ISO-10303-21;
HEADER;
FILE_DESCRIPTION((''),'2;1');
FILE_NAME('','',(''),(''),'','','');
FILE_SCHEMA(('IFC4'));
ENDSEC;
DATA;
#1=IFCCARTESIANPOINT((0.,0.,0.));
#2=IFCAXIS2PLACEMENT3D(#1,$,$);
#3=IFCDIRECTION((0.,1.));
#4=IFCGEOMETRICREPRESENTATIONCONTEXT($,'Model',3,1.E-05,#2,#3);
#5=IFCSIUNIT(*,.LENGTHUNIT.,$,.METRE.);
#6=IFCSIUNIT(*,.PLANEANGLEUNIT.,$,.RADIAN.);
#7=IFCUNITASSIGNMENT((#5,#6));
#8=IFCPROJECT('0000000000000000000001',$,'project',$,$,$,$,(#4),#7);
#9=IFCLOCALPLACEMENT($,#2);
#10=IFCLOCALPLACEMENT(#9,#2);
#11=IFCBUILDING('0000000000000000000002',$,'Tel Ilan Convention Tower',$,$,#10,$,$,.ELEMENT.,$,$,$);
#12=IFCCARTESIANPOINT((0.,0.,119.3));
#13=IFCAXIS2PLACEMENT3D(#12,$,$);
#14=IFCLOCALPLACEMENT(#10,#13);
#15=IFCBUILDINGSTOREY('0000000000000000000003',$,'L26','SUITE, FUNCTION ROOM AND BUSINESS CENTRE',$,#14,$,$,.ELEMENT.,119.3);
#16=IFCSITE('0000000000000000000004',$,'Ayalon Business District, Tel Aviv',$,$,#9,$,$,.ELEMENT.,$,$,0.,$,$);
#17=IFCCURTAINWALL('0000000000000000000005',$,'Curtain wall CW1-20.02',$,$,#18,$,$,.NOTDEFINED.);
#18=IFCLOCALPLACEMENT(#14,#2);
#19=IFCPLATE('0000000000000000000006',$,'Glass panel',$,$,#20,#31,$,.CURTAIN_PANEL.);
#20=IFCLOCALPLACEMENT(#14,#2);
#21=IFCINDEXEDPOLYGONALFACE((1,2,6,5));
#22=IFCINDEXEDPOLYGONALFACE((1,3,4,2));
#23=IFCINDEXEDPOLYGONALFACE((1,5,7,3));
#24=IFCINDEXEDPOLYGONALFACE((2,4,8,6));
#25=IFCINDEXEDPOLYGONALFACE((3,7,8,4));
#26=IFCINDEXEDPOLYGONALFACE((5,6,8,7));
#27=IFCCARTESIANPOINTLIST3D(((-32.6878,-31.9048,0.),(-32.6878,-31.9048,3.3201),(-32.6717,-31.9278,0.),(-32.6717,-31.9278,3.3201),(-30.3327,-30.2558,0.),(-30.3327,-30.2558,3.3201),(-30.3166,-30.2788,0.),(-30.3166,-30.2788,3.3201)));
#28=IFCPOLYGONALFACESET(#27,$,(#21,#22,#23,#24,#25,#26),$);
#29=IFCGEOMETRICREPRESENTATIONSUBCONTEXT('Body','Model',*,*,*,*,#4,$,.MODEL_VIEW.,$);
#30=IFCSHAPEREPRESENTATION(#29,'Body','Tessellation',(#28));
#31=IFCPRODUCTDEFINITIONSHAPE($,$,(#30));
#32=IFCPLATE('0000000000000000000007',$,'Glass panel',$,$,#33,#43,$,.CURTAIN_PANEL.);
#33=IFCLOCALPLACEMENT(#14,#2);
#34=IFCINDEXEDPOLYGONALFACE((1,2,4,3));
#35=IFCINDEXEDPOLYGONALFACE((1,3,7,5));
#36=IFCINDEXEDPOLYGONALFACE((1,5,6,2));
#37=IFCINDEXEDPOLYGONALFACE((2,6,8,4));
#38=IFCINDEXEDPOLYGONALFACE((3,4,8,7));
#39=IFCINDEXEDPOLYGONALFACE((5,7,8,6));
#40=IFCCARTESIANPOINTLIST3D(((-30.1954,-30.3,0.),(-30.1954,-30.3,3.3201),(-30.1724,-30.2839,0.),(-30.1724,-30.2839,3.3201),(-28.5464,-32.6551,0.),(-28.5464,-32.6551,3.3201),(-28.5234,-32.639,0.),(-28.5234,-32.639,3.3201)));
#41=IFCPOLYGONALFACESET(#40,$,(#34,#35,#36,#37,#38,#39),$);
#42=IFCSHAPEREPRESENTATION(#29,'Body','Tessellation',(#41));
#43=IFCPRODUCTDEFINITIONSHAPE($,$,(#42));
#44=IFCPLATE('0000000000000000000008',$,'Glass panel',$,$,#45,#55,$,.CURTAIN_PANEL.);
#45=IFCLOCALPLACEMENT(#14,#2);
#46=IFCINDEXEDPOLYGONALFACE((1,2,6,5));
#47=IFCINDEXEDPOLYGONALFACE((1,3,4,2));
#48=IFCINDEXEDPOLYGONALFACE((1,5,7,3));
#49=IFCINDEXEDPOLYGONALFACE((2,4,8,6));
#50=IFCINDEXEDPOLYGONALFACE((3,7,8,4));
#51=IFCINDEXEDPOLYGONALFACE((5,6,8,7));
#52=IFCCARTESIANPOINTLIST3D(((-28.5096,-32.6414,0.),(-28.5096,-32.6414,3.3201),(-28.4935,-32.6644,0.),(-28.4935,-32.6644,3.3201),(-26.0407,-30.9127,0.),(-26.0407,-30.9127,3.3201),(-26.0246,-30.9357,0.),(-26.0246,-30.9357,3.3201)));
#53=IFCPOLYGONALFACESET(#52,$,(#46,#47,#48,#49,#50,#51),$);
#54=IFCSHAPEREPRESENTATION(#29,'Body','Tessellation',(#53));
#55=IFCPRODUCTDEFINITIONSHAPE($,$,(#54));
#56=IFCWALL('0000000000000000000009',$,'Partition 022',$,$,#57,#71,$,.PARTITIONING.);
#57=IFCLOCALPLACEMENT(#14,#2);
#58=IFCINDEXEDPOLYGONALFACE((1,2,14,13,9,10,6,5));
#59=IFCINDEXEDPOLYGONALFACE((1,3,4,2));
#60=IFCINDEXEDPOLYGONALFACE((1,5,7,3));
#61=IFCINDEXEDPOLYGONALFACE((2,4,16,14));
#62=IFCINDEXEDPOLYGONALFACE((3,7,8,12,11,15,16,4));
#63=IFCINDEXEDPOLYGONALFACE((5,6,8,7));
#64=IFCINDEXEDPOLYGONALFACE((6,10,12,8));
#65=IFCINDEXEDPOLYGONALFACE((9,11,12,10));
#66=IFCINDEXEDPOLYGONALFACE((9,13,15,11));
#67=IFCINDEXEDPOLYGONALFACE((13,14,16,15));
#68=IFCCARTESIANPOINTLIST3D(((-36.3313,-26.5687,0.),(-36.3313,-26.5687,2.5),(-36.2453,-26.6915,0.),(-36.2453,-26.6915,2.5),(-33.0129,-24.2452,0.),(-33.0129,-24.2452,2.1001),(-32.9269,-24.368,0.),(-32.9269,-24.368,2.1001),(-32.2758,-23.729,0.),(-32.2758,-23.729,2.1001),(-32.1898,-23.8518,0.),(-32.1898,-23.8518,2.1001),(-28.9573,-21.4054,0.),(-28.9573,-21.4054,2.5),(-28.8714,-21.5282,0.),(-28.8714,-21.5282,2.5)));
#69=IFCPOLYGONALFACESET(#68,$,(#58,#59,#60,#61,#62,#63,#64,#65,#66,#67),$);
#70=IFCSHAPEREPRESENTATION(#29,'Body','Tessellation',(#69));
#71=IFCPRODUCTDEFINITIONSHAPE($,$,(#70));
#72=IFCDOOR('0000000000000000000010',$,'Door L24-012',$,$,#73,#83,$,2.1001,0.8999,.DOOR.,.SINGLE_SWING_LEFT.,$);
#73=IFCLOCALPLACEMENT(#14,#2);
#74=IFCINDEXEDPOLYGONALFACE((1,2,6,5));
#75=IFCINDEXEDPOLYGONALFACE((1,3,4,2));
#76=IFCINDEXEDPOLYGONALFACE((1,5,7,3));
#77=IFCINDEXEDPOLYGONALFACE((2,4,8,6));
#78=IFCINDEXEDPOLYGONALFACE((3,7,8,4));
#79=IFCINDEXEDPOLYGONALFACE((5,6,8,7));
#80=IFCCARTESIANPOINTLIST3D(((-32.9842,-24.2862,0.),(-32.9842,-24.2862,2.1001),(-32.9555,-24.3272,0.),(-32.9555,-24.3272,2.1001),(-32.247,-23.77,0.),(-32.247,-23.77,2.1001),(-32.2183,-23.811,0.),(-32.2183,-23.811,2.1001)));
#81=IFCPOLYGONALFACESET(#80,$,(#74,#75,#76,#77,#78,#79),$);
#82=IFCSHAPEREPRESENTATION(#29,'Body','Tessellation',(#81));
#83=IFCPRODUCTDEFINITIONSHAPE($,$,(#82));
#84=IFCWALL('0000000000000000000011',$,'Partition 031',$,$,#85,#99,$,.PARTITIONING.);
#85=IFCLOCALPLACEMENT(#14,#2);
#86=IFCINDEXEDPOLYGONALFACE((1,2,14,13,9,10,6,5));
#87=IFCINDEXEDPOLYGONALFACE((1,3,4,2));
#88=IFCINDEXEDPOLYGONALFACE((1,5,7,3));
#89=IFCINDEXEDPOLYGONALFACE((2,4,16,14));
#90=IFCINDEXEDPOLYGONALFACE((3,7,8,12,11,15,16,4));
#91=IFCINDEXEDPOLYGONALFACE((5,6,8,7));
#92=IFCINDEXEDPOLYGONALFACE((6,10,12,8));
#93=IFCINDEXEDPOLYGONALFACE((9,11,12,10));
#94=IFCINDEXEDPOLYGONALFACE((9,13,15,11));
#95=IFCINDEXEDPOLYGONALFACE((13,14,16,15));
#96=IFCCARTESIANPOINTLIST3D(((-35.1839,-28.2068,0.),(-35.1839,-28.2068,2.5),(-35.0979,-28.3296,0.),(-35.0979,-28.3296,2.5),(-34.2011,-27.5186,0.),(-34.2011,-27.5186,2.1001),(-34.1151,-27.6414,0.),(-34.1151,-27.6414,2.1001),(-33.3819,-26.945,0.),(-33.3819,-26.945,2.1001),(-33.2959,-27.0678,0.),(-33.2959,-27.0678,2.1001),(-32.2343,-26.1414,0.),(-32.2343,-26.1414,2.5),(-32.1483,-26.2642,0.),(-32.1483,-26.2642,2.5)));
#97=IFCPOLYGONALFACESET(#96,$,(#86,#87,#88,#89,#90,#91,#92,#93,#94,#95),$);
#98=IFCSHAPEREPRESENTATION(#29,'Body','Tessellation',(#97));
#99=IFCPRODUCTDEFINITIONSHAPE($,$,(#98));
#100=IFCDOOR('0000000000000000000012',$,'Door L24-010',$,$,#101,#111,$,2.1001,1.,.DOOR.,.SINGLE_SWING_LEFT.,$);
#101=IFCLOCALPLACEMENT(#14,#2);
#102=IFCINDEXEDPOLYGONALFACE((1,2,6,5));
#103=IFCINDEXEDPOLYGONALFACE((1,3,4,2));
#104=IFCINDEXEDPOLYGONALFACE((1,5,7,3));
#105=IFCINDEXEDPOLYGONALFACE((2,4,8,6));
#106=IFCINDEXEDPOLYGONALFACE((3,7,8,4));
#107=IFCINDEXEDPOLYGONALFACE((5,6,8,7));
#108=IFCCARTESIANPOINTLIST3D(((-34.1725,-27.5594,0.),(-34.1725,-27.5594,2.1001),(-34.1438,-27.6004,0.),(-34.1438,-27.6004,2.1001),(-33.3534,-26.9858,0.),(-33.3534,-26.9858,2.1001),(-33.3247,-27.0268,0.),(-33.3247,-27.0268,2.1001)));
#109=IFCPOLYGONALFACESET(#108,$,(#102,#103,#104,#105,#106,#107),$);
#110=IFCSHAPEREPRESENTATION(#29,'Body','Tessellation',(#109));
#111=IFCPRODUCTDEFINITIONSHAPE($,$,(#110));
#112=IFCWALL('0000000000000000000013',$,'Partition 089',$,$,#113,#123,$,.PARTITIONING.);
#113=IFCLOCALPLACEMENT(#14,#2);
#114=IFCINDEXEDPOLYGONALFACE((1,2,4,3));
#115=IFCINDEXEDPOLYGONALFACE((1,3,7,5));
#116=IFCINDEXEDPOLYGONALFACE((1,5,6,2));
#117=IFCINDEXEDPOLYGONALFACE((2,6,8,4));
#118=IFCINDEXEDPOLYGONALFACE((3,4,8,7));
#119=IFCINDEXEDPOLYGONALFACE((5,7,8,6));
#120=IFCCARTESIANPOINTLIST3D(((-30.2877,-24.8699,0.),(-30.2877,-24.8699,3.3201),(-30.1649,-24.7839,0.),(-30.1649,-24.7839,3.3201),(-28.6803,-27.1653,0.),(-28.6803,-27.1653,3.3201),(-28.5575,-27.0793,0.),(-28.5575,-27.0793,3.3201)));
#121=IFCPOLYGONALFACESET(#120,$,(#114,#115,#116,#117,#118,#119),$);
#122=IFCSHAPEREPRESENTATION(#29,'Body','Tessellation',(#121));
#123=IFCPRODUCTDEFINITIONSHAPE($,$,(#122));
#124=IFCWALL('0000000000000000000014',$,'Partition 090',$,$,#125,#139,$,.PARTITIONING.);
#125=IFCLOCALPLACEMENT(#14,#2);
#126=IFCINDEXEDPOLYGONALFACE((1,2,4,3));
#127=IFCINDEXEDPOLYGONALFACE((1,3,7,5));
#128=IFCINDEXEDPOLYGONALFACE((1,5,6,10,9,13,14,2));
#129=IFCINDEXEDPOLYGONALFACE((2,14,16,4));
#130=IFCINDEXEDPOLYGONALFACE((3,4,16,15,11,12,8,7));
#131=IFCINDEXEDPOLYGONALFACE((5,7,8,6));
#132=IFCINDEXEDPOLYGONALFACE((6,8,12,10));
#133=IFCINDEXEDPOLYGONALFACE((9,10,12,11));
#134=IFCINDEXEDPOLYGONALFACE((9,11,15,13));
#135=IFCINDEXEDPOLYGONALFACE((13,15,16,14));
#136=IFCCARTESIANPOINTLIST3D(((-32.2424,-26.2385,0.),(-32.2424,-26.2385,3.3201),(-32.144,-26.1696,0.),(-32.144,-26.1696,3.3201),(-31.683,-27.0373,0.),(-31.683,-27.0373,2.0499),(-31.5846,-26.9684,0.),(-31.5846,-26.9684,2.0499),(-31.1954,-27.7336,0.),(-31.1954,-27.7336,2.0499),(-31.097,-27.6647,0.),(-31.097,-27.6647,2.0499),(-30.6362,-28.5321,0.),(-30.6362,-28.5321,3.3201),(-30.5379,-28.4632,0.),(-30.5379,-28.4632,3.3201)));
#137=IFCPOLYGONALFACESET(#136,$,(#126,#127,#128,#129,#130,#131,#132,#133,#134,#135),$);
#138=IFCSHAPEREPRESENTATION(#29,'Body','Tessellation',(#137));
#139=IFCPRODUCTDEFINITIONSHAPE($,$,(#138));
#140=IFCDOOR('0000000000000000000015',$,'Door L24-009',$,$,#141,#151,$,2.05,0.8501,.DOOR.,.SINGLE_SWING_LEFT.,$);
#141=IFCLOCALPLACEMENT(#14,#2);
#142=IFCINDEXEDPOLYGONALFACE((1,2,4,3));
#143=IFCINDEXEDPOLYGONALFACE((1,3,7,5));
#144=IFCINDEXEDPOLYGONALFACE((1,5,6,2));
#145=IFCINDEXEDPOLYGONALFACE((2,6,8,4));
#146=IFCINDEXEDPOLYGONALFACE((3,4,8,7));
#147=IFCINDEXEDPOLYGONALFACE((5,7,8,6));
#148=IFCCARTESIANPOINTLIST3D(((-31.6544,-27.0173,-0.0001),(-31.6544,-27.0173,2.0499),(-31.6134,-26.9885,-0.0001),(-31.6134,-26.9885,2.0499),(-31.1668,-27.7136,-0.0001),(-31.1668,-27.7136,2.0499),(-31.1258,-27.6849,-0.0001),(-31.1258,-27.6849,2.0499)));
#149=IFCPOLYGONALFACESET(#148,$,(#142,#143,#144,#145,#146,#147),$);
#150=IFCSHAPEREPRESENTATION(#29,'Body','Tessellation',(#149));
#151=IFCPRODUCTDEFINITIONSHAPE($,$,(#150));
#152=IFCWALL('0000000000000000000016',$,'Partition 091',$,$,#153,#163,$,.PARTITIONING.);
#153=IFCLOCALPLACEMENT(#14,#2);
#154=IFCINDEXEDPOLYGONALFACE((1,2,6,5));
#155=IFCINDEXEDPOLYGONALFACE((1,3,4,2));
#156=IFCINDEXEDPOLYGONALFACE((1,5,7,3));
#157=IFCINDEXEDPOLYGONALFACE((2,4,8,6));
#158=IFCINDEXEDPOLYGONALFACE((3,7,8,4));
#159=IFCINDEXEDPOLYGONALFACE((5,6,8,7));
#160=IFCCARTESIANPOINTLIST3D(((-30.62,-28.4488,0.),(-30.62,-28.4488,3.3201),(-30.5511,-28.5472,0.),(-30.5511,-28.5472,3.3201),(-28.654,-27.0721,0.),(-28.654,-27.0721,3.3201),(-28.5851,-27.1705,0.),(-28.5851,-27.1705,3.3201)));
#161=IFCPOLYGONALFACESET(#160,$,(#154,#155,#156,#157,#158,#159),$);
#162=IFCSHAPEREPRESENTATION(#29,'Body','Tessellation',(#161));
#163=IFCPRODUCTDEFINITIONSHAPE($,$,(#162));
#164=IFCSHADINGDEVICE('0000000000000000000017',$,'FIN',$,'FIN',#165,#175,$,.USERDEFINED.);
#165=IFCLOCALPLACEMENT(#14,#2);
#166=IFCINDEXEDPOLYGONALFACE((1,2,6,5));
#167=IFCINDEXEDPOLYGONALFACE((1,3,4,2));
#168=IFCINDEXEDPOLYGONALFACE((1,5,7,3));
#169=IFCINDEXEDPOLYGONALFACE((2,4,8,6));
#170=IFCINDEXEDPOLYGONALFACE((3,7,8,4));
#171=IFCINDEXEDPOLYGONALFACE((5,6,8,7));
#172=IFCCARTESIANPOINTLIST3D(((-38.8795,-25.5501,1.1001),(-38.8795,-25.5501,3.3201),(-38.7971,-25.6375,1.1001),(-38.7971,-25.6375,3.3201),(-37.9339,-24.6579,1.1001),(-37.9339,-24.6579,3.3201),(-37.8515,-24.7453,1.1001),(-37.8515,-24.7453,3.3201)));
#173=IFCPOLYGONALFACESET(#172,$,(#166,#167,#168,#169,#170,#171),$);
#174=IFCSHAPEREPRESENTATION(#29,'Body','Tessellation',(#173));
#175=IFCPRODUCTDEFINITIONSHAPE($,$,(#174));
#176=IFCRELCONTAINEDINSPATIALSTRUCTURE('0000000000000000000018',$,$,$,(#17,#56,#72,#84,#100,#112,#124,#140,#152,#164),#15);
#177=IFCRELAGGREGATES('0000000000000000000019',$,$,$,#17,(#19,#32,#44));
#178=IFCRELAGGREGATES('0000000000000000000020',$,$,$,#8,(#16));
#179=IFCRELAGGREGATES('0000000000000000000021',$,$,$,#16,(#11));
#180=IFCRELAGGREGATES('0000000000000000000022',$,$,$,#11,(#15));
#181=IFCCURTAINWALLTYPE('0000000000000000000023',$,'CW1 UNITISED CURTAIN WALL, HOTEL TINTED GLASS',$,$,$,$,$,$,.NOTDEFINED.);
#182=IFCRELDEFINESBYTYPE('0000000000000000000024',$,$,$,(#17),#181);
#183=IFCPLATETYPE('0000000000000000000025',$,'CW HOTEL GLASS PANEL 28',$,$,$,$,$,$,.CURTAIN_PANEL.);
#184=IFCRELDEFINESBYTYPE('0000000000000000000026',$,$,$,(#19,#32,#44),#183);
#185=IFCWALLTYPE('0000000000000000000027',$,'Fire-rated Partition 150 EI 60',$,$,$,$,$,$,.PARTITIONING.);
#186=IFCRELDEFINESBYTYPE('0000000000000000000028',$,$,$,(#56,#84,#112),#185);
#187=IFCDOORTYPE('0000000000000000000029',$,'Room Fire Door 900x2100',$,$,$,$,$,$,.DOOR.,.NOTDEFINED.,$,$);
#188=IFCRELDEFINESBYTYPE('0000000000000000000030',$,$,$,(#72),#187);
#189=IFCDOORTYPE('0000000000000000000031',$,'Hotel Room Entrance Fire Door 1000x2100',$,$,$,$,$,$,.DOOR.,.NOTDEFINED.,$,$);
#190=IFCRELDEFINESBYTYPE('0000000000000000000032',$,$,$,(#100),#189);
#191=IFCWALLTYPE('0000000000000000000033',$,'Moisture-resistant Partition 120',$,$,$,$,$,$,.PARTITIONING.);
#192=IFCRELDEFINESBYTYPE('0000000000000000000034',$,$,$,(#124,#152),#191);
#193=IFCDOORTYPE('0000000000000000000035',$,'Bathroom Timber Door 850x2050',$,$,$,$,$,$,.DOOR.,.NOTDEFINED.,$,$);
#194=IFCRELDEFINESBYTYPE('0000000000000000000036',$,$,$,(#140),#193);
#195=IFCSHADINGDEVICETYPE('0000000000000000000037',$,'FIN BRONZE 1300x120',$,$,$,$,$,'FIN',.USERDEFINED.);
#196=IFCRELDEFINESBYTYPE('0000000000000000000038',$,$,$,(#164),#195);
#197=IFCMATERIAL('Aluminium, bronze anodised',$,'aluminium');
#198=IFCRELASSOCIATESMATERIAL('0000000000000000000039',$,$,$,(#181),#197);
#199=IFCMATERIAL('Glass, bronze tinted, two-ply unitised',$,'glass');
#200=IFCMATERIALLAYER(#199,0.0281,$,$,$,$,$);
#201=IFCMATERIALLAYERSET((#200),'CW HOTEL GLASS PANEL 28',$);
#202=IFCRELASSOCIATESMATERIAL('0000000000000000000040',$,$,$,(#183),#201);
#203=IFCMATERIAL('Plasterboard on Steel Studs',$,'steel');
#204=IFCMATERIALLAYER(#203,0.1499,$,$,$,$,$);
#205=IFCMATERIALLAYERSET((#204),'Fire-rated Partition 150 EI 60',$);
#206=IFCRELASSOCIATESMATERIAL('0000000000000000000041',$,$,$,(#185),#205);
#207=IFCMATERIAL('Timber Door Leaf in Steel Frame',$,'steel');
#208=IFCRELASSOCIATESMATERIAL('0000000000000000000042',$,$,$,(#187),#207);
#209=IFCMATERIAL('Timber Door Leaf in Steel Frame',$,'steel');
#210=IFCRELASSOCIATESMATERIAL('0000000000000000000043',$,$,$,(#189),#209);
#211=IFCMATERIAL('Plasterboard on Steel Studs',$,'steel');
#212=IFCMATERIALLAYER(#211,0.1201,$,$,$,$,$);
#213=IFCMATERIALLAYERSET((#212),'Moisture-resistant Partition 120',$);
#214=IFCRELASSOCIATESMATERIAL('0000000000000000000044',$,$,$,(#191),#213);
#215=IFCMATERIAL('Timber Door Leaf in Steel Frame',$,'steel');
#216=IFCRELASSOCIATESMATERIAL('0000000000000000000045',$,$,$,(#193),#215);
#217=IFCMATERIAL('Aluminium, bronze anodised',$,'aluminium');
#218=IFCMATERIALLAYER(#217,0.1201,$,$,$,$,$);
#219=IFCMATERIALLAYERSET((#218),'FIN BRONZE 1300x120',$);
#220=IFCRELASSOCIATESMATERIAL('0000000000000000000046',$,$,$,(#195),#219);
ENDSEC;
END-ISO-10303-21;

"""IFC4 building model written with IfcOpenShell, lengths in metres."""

from ifc_helpers import new_model, si_unit, direction, frame, frame_2d, origin, origin_2d, place, context, subcontext, project, spatial, rectangle, extrude, material, layer, layer_set, type_object, element, fill, aggregate, save


model = new_model("IFC4")

# Units and contexts
model_context = context("Model", 3, precision=1e-05, world=origin(), true_north=direction((0.0, 1.0)))
body_context = subcontext(model_context, "Body", "Model", "MODEL_VIEW")
ifc_project = project(units=[si_unit("LENGTHUNIT", "METRE"), si_unit("PLANEANGLEUNIT", "RADIAN")], contexts=[model_context])

# Site, building, storey
site_placement = place(None, origin())
site = spatial("IfcSite", under=ifc_project, at=site_placement, Name="Ayalon Business District, Tel Aviv", CompositionType="ELEMENT", RefElevation=0.0)
building_placement = place(site_placement, origin())
building = spatial("IfcBuilding", under=site, at=building_placement, Name="Tel Ilan Convention Tower", CompositionType="ELEMENT")
storey_placement = place(building_placement, frame((0.0, 0.0, 119.3)))
storey = spatial("IfcBuildingStorey", under=building, at=storey_placement, Name="L26", Description="SUITE, FUNCTION ROOM AND BUSINESS CENTRE", CompositionType="ELEMENT", Elevation=119.3)

# Curtain wall, plates
ifc_material_1 = material(Name="Aluminium, bronze anodised", Category="aluminium")
curtain_wall_type = type_object("IfcCurtainWallType", Name="CW1 UNITISED CURTAIN WALL, HOTEL TINTED GLASS", PredefinedType="NOTDEFINED", material=ifc_material_1)
curtain_wall_placement = place(storey_placement, origin())
curtain_wall = element("IfcCurtainWall", 1, at=curtain_wall_placement, inside=storey, type_object=curtain_wall_type, Name="Curtain wall CW1-20.02", PredefinedType="NOTDEFINED")
ifc_material_2 = material(Name="Glass, bronze tinted, two-ply unitised", Category="glass")
ifc_layer_1 = layer(ifc_material_2, 0.0281)
ifc_layer_set_1 = layer_set([ifc_layer_1], Name="CW HOTEL GLASS PANEL 28")
plate_type = type_object("IfcPlateType", Name="CW HOTEL GLASS PANEL 28", PredefinedType="CURTAIN_PANEL", material=ifc_layer_set_1)
plate_1_placement = place(storey_placement, frame((-31.5022, -31.0918, 0.0), z_axis=(0.0, 0.0, 1.0), x_axis=(0.819152, 0.573576, 0.0)))
plate_1 = element("IfcPlate", 2, at=plate_1_placement, type_object=plate_type, Name="Glass panel", PredefinedType="CURTAIN_PANEL", context=body_context, shape_type="SweptSolid", body=[
    extrude(rectangle(XDim=2.875, YDim=0.0281, at=origin_2d()), origin(), (0.0, 0.0, 1.0), 3.3201),
])
plate_2_placement = place(storey_placement, frame((-29.3594, -31.4695, 0.0), z_axis=(0.0, 0.0, 1.0), x_axis=(0.573576, -0.819152, 0.0)))
plate_2 = element("IfcPlate", 3, at=plate_2_placement, type_object=plate_type, Name="Glass panel", PredefinedType="CURTAIN_PANEL", context=body_context, shape_type="SweptSolid", body=[
    extrude(rectangle(XDim=2.875, YDim=0.0281, at=origin_2d()), origin(), (0.0, 0.0, 1.0), 3.3201),
])
plate_3_placement = place(storey_placement, frame((-27.2671, -31.7886, 0.0), z_axis=(0.0, 0.0, 1.0), x_axis=(0.819152, 0.573576, 0.0)))
plate_3 = element("IfcPlate", 4, at=plate_3_placement, type_object=plate_type, Name="Glass panel", PredefinedType="CURTAIN_PANEL", context=body_context, shape_type="SweptSolid", body=[
    extrude(rectangle(XDim=3.0139, YDim=0.0281, at=origin_2d()), origin(), (0.0, 0.0, 1.0), 3.3201),
])
aggregate(curtain_wall, [plate_1, plate_2, plate_3])

# Walls, openings, doors
ifc_material_3 = material(Name="Plasterboard on Steel Studs", Category="steel")
ifc_layer_2 = layer(ifc_material_3, 0.1499)
ifc_layer_set_2 = layer_set([ifc_layer_2], Name="Fire-rated Partition 150 EI 60")
wall_type_1 = type_object("IfcWallType", Name="Fire-rated Partition 150 EI 60", PredefinedType="PARTITIONING", material=ifc_layer_set_2)
wall_1_placement = place(storey_placement, frame((-36.2883, -26.6301, 0.0), z_axis=(0.0, 0.0, 1.0), x_axis=(0.819153, 0.573575, 0.0)))
wall_1 = element("IfcWall", 5, at=wall_1_placement, inside=storey, type_object=wall_type_1, Name="Partition 022", PredefinedType="PARTITIONING", context=body_context, shape_type="SweptSolid", body=[
    extrude(rectangle(XDim=9.002, YDim=0.1499, at=frame_2d((4.501, 0.0))), origin(), (0.0, 0.0, 1.0), 2.5),
])
opening_1_placement = place(wall_1_placement, frame((4.051, 0.0, 0.0)))
opening_1 = element("IfcOpeningElement", 6, at=opening_1_placement, cuts=wall_1, PredefinedType="OPENING", context=body_context, shape_type="SweptSolid", body=[
    extrude(rectangle(XDim=0.8999, YDim=2.1001, at=frame_2d((0.45, 1.05))), frame((0.0, 0.085, 0.0), z_axis=(0.0, -1.0, 0.0), x_axis=(1.0, 0.0, 0.0)), (0.0, 0.0, 1.0), 0.1699),
])
ifc_material_4 = material(Name="Timber Door Leaf in Steel Frame", Category="steel")
door_type_1 = type_object("IfcDoorType", Name="Room Fire Door 900x2100", OperationType="NOTDEFINED", PredefinedType="DOOR", material=ifc_material_4)
door_1_placement = place(opening_1_placement, origin())
door_1 = element("IfcDoor", 7, at=door_1_placement, inside=storey, type_object=door_type_1, Name="Door L24-012", OperationType="SINGLE_SWING_LEFT", OverallHeight=2.1001, OverallWidth=0.8999, PredefinedType="DOOR", context=body_context, shape_type="SweptSolid", body=[
    extrude(rectangle(XDim=0.8999, YDim=2.1001, at=frame_2d((0.45, 1.05))), frame((0.0, 0.0249, 0.0), z_axis=(0.0, -1.0, 0.0), x_axis=(1.0, 0.0, 0.0)), (0.0, 0.0, 1.0), 0.05),
])
fill(opening_1, door_1)
wall_2_placement = place(storey_placement, frame((-32.1914, -26.2029, 0.0), z_axis=(0.0, 0.0, 1.0), x_axis=(-0.819149, -0.573581, 0.0)))
wall_2 = element("IfcWall", 8, at=wall_2_placement, inside=storey, type_object=wall_type_1, Name="Partition 031", PredefinedType="PARTITIONING", context=body_context, shape_type="SweptSolid", body=[
    extrude(rectangle(XDim=3.6008, YDim=0.1499, at=frame_2d((1.8003, 0.0))), origin(), (0.0, 0.0, 1.0), 2.5),
])
opening_2_placement = place(wall_2_placement, frame((1.4009, 0.0, 0.0)))
opening_2 = element("IfcOpeningElement", 9, at=opening_2_placement, cuts=wall_2, PredefinedType="OPENING", context=body_context, shape_type="SweptSolid", body=[
    extrude(rectangle(XDim=1.0, YDim=2.1001, at=frame_2d((0.5, 1.05))), frame((0.0, 0.085, 0.0), z_axis=(0.0, -1.0, 0.0), x_axis=(1.0, 0.0, 0.0)), (0.0, 0.0, 1.0), 0.1699),
])
ifc_material_5 = material(Name="Timber Door Leaf in Steel Frame", Category="steel")
door_type_2 = type_object("IfcDoorType", Name="Hotel Room Entrance Fire Door 1000x2100", OperationType="NOTDEFINED", PredefinedType="DOOR", material=ifc_material_5)
door_2_placement = place(opening_2_placement, origin())
door_2 = element("IfcDoor", 10, at=door_2_placement, inside=storey, type_object=door_type_2, Name="Door L24-010", OperationType="SINGLE_SWING_LEFT", OverallHeight=2.1001, OverallWidth=1.0, PredefinedType="DOOR", context=body_context, shape_type="SweptSolid", body=[
    extrude(rectangle(XDim=1.0, YDim=2.1001, at=frame_2d((0.5, 1.05))), frame((0.0, 0.0249, 0.0), z_axis=(0.0, -1.0, 0.0), x_axis=(1.0, 0.0, 0.0)), (0.0, 0.0, 1.0), 0.05),
])
fill(opening_2, door_2)

# Wall
wall_3_placement = place(storey_placement, frame((-28.6189, -27.1223, 0.0), z_axis=(0.0, 0.0, 1.0), x_axis=(-0.573614, 0.819125, 0.0)))
element("IfcWall", 11, at=wall_3_placement, inside=storey, type_object=wall_type_1, Name="Partition 089", PredefinedType="PARTITIONING", context=body_context, shape_type="SweptSolid", body=[
    extrude(rectangle(XDim=2.8022, YDim=0.1499, at=frame_2d((1.4011, 0.0))), origin(), (0.0, 0.0, 1.0), 3.3201),
])

# Wall, opening, door
ifc_material_6 = material(Name="Plasterboard on Steel Studs", Category="steel")
ifc_layer_3 = layer(ifc_material_6, 0.1201)
ifc_layer_set_3 = layer_set([ifc_layer_3], Name="Moisture-resistant Partition 120")
wall_type_2 = type_object("IfcWallType", Name="Moisture-resistant Partition 120", PredefinedType="PARTITIONING", material=ifc_layer_set_3)
wall_4_placement = place(storey_placement, frame((-32.1931, -26.2041, 0.0), z_axis=(0.0, 0.0, 1.0), x_axis=(0.573609, -0.81913, 0.0)))
wall_4 = element("IfcWall", 12, at=wall_4_placement, inside=storey, type_object=wall_type_2, Name="Partition 090", PredefinedType="PARTITIONING", context=body_context, shape_type="SweptSolid", body=[
    extrude(rectangle(XDim=2.8, YDim=0.1201, at=frame_2d((1.3999, 0.0))), origin(), (0.0, 0.0, 1.0), 3.3201),
])
opening_3_placement = place(wall_4_placement, frame((0.9751, 0.0, 0.0)))
opening_3 = element("IfcOpeningElement", 13, at=opening_3_placement, cuts=wall_4, PredefinedType="OPENING", context=body_context, shape_type="SweptSolid", body=[
    extrude(rectangle(XDim=0.8501, YDim=2.05, at=frame_2d((0.425, 1.0249))), frame((0.0, 0.0701, 0.0), z_axis=(0.0, -1.0, 0.0), x_axis=(1.0, 0.0, 0.0)), (0.0, 0.0, 1.0), 0.1401),
])
ifc_material_7 = material(Name="Timber Door Leaf in Steel Frame", Category="steel")
door_type_3 = type_object("IfcDoorType", Name="Bathroom Timber Door 850x2050", OperationType="NOTDEFINED", PredefinedType="DOOR", material=ifc_material_7)
door_3_placement = place(opening_3_placement, origin())
door_3 = element("IfcDoor", 14, at=door_3_placement, inside=storey, type_object=door_type_3, Name="Door L24-009", OperationType="SINGLE_SWING_LEFT", OverallHeight=2.05, OverallWidth=0.8501, PredefinedType="DOOR", context=body_context, shape_type="SweptSolid", body=[
    extrude(rectangle(XDim=0.8501, YDim=2.05, at=frame_2d((0.425, 1.0249))), frame((0.0, 0.0249, 0.0), z_axis=(0.0, -1.0, 0.0), x_axis=(1.0, 0.0, 0.0)), (0.0, 0.0, 1.0), 0.05),
])
fill(opening_3, door_3)

# Wall
wall_5_placement = place(storey_placement, frame((-30.5857, -28.498, 0.0), z_axis=(0.0, 0.0, 1.0), x_axis=(0.819141, 0.573592, 0.0)))
element("IfcWall", 15, at=wall_5_placement, inside=storey, type_object=wall_type_2, Name="Partition 091", PredefinedType="PARTITIONING", context=body_context, shape_type="SweptSolid", body=[
    extrude(rectangle(XDim=2.4001, YDim=0.1201, at=frame_2d((1.2002, 0.0))), origin(), (0.0, 0.0, 1.0), 3.3201),
])

# Shading device
ifc_material_8 = material(Name="Aluminium, bronze anodised", Category="aluminium")
ifc_layer_4 = layer(ifc_material_8, 0.1201)
ifc_layer_set_4 = layer_set([ifc_layer_4], Name="FIN BRONZE 1300x120")
shading_device_type = type_object("IfcShadingDeviceType", Name="FIN BRONZE 1300x120", ElementType="FIN", PredefinedType="USERDEFINED", material=ifc_layer_set_4)
for number, where, z_axis, x_axis, name in (
    (16, (-38.3655, -25.1477, 1.1001), (0.0, 0.0, 1.0), (-0.727374, -0.686242, 0.0), "FIN"),
):
    element("IfcShadingDevice", number, at=place(storey_placement, frame(where, z_axis=z_axis, x_axis=x_axis)), inside=storey, type_object=shading_device_type, Name=name, ObjectType="FIN", PredefinedType="USERDEFINED", context=body_context, shape_type="SweptSolid", body=[
        extrude(rectangle(XDim=1.3, YDim=0.1201, at=origin_2d()), origin(), (0.0, 0.0, 1.0), 2.22),
    ])

save(model, "model.ifc")
